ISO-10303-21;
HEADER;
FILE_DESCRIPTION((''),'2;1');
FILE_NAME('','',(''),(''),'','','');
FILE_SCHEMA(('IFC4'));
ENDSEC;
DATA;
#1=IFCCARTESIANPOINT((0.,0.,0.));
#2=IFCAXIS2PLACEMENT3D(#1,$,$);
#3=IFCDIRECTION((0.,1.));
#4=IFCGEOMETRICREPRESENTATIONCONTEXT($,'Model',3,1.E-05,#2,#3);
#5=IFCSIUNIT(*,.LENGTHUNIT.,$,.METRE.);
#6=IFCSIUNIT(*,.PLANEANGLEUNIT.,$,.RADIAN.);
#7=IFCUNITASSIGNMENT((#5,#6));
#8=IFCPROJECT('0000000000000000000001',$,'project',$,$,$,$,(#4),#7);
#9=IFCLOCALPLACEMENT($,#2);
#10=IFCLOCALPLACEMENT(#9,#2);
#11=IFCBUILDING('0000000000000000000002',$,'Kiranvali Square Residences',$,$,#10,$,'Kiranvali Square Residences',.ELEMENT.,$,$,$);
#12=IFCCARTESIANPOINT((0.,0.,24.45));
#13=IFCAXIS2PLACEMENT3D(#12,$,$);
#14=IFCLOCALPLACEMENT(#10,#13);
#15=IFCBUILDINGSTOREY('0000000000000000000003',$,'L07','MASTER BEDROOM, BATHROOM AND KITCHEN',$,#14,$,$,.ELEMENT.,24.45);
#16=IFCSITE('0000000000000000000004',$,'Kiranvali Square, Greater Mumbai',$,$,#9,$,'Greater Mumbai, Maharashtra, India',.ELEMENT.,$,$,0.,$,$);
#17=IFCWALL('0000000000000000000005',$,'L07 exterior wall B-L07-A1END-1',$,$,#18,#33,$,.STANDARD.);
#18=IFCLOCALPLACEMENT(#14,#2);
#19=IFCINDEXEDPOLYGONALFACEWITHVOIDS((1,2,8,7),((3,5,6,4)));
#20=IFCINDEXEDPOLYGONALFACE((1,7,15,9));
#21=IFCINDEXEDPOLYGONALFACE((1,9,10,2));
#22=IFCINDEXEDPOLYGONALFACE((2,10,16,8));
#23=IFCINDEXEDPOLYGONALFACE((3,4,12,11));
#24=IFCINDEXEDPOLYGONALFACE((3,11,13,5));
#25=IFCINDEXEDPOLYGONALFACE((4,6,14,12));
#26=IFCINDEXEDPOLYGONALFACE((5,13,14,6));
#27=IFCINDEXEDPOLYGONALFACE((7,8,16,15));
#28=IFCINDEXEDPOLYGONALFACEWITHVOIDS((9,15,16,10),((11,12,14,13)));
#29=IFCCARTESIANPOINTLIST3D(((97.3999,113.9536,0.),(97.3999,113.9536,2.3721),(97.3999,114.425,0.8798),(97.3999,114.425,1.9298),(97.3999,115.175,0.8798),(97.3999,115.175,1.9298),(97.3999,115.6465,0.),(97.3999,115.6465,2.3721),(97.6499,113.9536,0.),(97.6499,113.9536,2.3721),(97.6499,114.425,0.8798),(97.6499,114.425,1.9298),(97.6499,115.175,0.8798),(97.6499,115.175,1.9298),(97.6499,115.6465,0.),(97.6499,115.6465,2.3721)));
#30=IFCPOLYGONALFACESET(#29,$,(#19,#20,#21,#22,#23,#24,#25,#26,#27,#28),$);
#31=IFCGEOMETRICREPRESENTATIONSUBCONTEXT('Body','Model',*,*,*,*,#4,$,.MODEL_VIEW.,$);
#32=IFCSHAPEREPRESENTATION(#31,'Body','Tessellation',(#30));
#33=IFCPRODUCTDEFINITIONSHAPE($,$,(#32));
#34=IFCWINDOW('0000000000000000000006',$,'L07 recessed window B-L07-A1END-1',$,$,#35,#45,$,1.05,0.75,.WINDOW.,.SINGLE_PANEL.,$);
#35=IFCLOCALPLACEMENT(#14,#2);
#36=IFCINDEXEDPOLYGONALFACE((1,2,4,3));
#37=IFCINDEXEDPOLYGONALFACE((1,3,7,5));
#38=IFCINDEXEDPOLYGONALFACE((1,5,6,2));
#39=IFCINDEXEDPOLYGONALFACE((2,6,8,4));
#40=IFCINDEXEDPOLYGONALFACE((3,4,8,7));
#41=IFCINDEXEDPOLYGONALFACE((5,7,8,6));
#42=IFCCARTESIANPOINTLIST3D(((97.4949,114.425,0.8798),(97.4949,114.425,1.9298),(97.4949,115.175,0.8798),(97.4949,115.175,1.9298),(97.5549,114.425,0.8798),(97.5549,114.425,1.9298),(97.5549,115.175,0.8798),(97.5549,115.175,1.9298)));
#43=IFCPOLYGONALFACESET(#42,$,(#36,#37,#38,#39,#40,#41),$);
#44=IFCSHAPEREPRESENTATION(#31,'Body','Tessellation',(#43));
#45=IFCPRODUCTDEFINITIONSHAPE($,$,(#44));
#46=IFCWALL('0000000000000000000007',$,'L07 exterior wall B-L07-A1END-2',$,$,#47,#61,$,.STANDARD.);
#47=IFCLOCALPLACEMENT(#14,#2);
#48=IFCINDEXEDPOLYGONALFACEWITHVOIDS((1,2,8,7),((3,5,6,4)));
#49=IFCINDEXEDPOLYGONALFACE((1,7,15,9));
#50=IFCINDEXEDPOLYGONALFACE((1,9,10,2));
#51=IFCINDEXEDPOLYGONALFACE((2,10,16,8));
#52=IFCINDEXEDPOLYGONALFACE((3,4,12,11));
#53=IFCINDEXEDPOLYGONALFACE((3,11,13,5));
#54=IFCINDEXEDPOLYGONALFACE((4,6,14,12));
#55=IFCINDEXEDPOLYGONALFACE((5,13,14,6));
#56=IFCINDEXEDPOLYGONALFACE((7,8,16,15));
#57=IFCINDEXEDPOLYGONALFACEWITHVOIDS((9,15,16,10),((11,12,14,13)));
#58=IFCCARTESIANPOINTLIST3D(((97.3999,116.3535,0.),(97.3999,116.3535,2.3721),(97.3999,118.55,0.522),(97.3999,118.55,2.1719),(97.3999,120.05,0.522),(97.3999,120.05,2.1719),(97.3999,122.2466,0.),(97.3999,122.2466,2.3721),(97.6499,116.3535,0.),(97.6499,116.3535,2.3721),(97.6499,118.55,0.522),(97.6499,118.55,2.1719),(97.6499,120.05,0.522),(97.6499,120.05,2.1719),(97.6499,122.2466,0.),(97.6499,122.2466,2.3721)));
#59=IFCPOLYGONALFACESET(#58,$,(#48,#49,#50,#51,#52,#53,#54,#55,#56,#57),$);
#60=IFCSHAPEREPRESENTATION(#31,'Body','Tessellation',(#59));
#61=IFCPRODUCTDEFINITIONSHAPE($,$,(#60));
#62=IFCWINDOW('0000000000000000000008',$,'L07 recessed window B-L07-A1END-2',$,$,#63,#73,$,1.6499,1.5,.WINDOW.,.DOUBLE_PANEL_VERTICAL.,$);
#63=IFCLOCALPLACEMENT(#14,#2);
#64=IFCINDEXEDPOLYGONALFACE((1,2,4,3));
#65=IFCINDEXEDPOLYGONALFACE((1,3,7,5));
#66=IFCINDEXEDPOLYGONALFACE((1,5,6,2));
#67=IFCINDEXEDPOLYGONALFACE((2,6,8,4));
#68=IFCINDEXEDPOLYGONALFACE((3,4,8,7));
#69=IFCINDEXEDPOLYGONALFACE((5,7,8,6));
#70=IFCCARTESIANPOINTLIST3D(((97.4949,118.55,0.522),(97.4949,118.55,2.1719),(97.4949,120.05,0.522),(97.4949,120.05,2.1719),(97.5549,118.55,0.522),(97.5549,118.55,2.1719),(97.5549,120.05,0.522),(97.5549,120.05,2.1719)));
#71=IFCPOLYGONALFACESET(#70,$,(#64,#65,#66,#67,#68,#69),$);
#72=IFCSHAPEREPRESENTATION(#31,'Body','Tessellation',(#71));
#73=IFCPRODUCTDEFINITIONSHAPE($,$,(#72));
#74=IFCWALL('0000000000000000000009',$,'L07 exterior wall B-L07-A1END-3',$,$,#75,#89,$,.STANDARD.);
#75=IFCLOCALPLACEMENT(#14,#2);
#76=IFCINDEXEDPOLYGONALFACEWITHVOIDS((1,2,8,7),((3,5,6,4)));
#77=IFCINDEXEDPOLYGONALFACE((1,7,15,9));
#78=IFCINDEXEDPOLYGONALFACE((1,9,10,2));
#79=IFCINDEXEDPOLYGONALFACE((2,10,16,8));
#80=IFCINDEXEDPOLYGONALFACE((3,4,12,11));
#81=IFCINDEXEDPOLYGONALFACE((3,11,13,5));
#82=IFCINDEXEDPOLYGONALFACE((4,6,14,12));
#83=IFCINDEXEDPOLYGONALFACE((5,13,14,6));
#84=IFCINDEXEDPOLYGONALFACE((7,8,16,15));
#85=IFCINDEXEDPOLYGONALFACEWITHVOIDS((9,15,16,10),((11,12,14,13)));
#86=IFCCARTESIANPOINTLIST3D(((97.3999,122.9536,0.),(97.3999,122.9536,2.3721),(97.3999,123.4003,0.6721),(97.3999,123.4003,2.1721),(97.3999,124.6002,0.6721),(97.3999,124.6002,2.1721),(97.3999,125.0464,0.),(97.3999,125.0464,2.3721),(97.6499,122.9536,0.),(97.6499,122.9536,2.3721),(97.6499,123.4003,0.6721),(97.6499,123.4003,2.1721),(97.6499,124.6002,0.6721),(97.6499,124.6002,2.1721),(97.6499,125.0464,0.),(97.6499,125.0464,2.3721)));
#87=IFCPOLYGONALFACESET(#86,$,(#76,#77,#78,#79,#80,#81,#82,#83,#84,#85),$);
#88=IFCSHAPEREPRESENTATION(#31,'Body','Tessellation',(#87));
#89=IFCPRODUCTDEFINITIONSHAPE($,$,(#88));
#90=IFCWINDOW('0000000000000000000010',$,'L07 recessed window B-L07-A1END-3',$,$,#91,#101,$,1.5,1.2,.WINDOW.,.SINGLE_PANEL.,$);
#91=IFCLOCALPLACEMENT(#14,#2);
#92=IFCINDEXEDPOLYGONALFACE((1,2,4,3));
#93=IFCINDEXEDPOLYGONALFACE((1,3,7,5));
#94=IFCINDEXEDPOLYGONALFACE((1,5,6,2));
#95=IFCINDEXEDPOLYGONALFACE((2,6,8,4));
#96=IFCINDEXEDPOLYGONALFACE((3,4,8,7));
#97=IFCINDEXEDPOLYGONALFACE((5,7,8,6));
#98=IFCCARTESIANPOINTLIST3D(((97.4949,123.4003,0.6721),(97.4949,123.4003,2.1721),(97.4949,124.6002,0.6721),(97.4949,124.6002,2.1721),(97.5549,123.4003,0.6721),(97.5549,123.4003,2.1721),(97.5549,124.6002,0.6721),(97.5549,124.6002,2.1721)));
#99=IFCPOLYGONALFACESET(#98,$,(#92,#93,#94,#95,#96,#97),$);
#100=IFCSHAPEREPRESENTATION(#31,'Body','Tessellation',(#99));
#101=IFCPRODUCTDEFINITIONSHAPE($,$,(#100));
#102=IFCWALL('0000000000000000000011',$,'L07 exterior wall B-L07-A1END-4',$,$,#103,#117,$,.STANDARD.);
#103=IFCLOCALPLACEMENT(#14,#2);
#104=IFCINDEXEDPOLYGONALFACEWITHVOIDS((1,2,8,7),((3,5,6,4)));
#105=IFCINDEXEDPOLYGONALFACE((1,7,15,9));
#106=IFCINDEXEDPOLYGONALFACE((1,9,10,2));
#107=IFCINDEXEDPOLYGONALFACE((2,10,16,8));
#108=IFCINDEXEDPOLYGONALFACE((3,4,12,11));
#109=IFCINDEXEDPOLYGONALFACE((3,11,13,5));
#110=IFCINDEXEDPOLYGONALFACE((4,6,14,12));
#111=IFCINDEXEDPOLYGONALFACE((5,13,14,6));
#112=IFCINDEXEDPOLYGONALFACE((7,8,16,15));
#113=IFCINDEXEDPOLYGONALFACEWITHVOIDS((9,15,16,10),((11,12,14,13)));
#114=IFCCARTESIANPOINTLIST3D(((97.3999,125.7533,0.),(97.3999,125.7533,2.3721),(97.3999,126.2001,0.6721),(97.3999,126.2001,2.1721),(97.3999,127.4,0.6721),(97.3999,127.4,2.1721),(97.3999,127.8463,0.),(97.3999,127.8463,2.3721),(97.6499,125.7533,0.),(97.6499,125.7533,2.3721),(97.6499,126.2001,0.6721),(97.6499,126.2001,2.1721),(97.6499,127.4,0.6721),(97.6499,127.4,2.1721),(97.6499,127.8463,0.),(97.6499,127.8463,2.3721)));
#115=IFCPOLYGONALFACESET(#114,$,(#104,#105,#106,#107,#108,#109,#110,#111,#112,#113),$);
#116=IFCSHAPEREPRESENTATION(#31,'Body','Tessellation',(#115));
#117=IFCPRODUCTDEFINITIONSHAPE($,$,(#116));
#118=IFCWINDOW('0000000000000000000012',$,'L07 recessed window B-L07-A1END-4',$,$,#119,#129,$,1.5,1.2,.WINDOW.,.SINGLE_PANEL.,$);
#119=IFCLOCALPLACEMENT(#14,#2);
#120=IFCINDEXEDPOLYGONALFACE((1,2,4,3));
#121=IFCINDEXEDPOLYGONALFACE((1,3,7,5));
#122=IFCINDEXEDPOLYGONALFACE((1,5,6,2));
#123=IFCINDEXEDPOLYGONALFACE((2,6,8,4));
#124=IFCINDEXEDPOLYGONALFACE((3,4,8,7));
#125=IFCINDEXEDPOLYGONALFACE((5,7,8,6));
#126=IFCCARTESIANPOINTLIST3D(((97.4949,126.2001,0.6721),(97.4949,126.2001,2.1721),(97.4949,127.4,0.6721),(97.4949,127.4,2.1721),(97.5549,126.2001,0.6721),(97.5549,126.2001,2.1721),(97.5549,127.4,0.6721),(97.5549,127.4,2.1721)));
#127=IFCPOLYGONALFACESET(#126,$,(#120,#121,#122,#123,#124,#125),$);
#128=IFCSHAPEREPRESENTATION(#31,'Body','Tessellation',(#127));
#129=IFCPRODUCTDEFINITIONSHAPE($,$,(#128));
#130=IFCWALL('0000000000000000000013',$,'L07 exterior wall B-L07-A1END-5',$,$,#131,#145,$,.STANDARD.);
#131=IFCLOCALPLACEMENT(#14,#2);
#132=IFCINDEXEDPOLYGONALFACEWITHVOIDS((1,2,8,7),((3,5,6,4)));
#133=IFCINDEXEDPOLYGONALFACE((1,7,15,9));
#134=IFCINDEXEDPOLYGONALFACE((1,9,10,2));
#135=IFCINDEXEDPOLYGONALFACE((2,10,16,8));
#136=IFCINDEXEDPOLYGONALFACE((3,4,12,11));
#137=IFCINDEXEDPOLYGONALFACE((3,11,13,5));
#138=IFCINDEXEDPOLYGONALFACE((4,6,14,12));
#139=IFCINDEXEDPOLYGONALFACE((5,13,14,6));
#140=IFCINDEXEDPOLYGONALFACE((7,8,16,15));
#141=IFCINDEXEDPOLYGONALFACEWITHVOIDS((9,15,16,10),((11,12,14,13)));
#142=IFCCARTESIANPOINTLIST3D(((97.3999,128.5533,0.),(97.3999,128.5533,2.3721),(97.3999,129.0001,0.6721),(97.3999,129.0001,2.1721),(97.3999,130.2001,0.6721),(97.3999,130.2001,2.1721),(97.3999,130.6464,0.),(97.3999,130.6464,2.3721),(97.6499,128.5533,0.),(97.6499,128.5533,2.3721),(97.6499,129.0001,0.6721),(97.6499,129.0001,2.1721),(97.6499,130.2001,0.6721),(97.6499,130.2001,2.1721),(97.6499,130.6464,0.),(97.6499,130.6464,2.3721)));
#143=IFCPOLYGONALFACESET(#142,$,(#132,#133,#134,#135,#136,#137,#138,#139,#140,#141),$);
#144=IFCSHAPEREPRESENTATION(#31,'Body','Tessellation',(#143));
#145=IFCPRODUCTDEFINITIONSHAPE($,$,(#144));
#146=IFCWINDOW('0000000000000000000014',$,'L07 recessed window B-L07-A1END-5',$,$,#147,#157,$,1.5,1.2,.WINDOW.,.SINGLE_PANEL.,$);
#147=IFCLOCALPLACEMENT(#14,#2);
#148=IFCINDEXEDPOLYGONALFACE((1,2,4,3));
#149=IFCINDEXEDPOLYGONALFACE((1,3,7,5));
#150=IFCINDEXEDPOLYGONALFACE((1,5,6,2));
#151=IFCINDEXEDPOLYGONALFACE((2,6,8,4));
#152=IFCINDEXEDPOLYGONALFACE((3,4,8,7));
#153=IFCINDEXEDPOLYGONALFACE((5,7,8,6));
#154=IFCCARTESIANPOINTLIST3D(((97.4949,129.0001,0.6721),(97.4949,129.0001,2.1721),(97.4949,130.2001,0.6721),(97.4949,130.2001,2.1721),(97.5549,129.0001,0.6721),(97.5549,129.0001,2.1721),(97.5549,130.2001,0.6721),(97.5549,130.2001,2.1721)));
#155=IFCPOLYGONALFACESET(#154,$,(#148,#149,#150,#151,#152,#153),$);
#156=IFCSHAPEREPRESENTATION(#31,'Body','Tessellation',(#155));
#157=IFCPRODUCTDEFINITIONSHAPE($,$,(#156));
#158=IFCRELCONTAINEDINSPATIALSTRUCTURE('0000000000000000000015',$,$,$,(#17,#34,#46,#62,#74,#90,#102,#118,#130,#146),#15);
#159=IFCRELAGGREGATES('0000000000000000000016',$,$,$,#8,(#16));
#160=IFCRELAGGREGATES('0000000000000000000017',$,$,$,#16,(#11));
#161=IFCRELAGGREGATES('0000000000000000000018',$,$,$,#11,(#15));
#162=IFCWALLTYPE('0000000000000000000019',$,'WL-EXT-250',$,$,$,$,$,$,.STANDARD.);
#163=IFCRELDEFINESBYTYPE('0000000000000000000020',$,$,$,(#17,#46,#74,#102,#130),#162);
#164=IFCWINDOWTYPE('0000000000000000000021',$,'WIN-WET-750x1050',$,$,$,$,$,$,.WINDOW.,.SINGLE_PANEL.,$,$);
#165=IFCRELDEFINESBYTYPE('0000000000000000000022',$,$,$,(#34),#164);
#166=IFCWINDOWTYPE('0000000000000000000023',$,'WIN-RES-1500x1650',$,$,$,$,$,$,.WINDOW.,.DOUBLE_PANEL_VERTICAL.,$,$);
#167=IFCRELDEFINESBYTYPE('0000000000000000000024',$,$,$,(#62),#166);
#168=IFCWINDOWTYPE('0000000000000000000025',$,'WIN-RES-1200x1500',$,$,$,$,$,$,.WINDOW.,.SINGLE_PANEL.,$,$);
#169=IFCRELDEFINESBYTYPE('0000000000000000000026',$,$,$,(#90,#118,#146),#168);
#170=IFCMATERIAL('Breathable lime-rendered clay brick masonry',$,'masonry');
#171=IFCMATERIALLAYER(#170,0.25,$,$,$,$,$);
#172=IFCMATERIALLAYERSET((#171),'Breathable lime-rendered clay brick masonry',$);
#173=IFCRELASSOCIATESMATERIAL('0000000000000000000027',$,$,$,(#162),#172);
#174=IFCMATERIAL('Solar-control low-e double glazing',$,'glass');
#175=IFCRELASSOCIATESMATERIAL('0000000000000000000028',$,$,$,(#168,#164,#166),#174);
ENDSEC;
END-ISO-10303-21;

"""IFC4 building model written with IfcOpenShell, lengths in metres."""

from ifc_helpers import new_model, si_unit, direction, frame, frame_2d, origin, place, context, subcontext, project, spatial, rectangle, extrude, material, layer, layer_set, type_object, element, fill, save


model = new_model("IFC4")

# Units and contexts
model_context = context("Model", 3, precision=1e-05, world=origin(), true_north=direction((0.0, 1.0)))
body_context = subcontext(model_context, "Body", "Model", "MODEL_VIEW")
ifc_project = project(units=[si_unit("LENGTHUNIT", "METRE"), si_unit("PLANEANGLEUNIT", "RADIAN")], contexts=[model_context])

# Site, building, storey
site_placement = place(None, origin())
site = spatial("IfcSite", under=ifc_project, at=site_placement, Name="Kiranvali Square, Greater Mumbai", LongName="Greater Mumbai, Maharashtra, India", CompositionType="ELEMENT", RefElevation=0.0)
building_placement = place(site_placement, origin())
building = spatial("IfcBuilding", under=site, at=building_placement, Name="Kiranvali Square Residences", LongName="Kiranvali Square Residences", CompositionType="ELEMENT")
storey_placement = place(building_placement, frame((0.0, 0.0, 24.45)))
storey = spatial("IfcBuildingStorey", under=building, at=storey_placement, Name="L07", Description="MASTER BEDROOM, BATHROOM AND KITCHEN", CompositionType="ELEMENT", Elevation=24.45)

# Walls, openings, windows
ifc_material_1 = material(Name="Breathable lime-rendered clay brick masonry", Category="masonry")
ifc_layer_1 = layer(ifc_material_1, 0.25)
ifc_layer_set_1 = layer_set([ifc_layer_1], Name="Breathable lime-rendered clay brick masonry")
wall_type_1 = type_object("IfcWallType", Name="WL-EXT-250", PredefinedType="STANDARD", material=ifc_layer_set_1)
ifc_material_2 = material(Name="Solar-control low-e double glazing", Category="glass")
window_type_1 = type_object("IfcWindowType", Name="WIN-RES-1200x1500", PartitioningType="SINGLE_PANEL", PredefinedType="WINDOW", material=ifc_material_2)
wall_1_placement = place(storey_placement, frame((97.5249, 113.9536, 0.0), z_axis=(0.0, 0.0, 1.0), x_axis=(0.0, 1.0, 0.0)))
wall_1 = element("IfcWall", 1, at=wall_1_placement, inside=storey, type_object=wall_type_1, Name="L07 exterior wall B-L07-A1END-1", PredefinedType="STANDARD", context=body_context, shape_type="SweptSolid", body=[
    extrude(rectangle(XDim=1.6929, YDim=0.25, at=frame_2d((0.8464, 0.0))), origin(), (0.0, 0.0, 1.0), 2.3721),
])
opening_1_placement = place(wall_1_placement, frame((0.4714, 0.0, 0.8799)))
opening_1 = element("IfcOpeningElement", 2, at=opening_1_placement, cuts=wall_1, PredefinedType="OPENING", context=body_context, shape_type="SweptSolid", body=[
    extrude(rectangle(XDim=0.75, YDim=1.05, at=frame_2d((0.375, 0.5249))), frame((0.0, 0.135, 0.0), z_axis=(0.0, -1.0, 0.0), x_axis=(1.0, 0.0, 0.0)), (0.0, 0.0, 1.0), 0.27),
])
window_type_2 = type_object("IfcWindowType", Name="WIN-WET-750x1050", PartitioningType="SINGLE_PANEL", PredefinedType="WINDOW", material=ifc_material_2)
window_1_placement = place(opening_1_placement, origin())
window_1 = element("IfcWindow", 3, at=window_1_placement, inside=storey, type_object=window_type_2, Name="L07 recessed window B-L07-A1END-1", OverallHeight=1.05, OverallWidth=0.75, PartitioningType="SINGLE_PANEL", PredefinedType="WINDOW", context=body_context, shape_type="SweptSolid", body=[
    extrude(rectangle(XDim=0.75, YDim=1.05, at=frame_2d((0.375, 0.5249))), frame((0.0, 0.03, 0.0), z_axis=(0.0, -1.0, 0.0), x_axis=(1.0, 0.0, 0.0)), (0.0, 0.0, 1.0), 0.0601),
])
fill(opening_1, window_1)
wall_2_placement = place(storey_placement, frame((97.5249, 116.3535, 0.0), z_axis=(0.0, 0.0, 1.0), x_axis=(0.0, 1.0, 0.0)))
wall_2 = element("IfcWall", 4, at=wall_2_placement, inside=storey, type_object=wall_type_1, Name="L07 exterior wall B-L07-A1END-2", PredefinedType="STANDARD", context=body_context, shape_type="SweptSolid", body=[
    extrude(rectangle(XDim=5.8931, YDim=0.25, at=frame_2d((2.9465, 0.0))), origin(), (0.0, 0.0, 1.0), 2.3721),
])
opening_2_placement = place(wall_2_placement, frame((2.1965, 0.0, 0.522)))
opening_2 = element("IfcOpeningElement", 5, at=opening_2_placement, cuts=wall_2, PredefinedType="OPENING", context=body_context, shape_type="SweptSolid", body=[
    extrude(rectangle(XDim=1.5, YDim=1.6499, at=frame_2d((0.75, 0.825))), frame((0.0, 0.135, 0.0), z_axis=(0.0, -1.0, 0.0), x_axis=(1.0, 0.0, 0.0)), (0.0, 0.0, 1.0), 0.27),
])
window_type_3 = type_object("IfcWindowType", Name="WIN-RES-1500x1650", PartitioningType="DOUBLE_PANEL_VERTICAL", PredefinedType="WINDOW", material=ifc_material_2)
window_2_placement = place(opening_2_placement, origin())
window_2 = element("IfcWindow", 6, at=window_2_placement, inside=storey, type_object=window_type_3, Name="L07 recessed window B-L07-A1END-2", OverallHeight=1.6499, OverallWidth=1.5, PartitioningType="DOUBLE_PANEL_VERTICAL", PredefinedType="WINDOW", context=body_context, shape_type="SweptSolid", body=[
    extrude(rectangle(XDim=1.5, YDim=1.6499, at=frame_2d((0.75, 0.825))), frame((0.0, 0.03, 0.0), z_axis=(0.0, -1.0, 0.0), x_axis=(1.0, 0.0, 0.0)), (0.0, 0.0, 1.0), 0.0601),
])
fill(opening_2, window_2)
wall_3_placement = place(storey_placement, frame((97.5249, 122.9536, 0.0), z_axis=(0.0, 0.0, 1.0), x_axis=(0.0, 1.0, 0.0)))
wall_3 = element("IfcWall", 7, at=wall_3_placement, inside=storey, type_object=wall_type_1, Name="L07 exterior wall B-L07-A1END-3", PredefinedType="STANDARD", context=body_context, shape_type="SweptSolid", body=[
    extrude(rectangle(XDim=2.0928, YDim=0.25, at=frame_2d((1.0464, 0.0))), origin(), (0.0, 0.0, 1.0), 2.3721),
])
opening_3_placement = place(wall_3_placement, frame((0.4465, 0.0, 0.6721)))
opening_3 = element("IfcOpeningElement", 8, at=opening_3_placement, cuts=wall_3, PredefinedType="OPENING", context=body_context, shape_type="SweptSolid", body=[
    extrude(rectangle(XDim=1.2, YDim=1.5, at=frame_2d((0.6001, 0.75))), frame((0.0, 0.135, 0.0), z_axis=(0.0, -1.0, 0.0), x_axis=(1.0, 0.0, 0.0)), (0.0, 0.0, 1.0), 0.27),
])
window_3_placement = place(opening_3_placement, origin())
window_3 = element("IfcWindow", 9, at=window_3_placement, inside=storey, type_object=window_type_1, Name="L07 recessed window B-L07-A1END-3", OverallHeight=1.5, OverallWidth=1.2, PartitioningType="SINGLE_PANEL", PredefinedType="WINDOW", context=body_context, shape_type="SweptSolid", body=[
    extrude(rectangle(XDim=1.2, YDim=1.5, at=frame_2d((0.6001, 0.75))), frame((0.0, 0.03, 0.0), z_axis=(0.0, -1.0, 0.0), x_axis=(1.0, 0.0, 0.0)), (0.0, 0.0, 1.0), 0.0601),
])
fill(opening_3, window_3)
wall_4_placement = place(storey_placement, frame((97.5249, 125.7534, 0.0), z_axis=(0.0, 0.0, 1.0), x_axis=(0.0, 1.0, 0.0)))
wall_4 = element("IfcWall", 10, at=wall_4_placement, inside=storey, type_object=wall_type_1, Name="L07 exterior wall B-L07-A1END-4", PredefinedType="STANDARD", context=body_context, shape_type="SweptSolid", body=[
    extrude(rectangle(XDim=2.093, YDim=0.25, at=frame_2d((1.0464, 0.0))), origin(), (0.0, 0.0, 1.0), 2.3721),
])
opening_4_placement = place(wall_4_placement, frame((0.4465, 0.0, 0.6721)))
opening_4 = element("IfcOpeningElement", 11, at=opening_4_placement, cuts=wall_4, PredefinedType="OPENING", context=body_context, shape_type="SweptSolid", body=[
    extrude(rectangle(XDim=1.2, YDim=1.5, at=frame_2d((0.6001, 0.75))), frame((0.0, 0.135, 0.0), z_axis=(0.0, -1.0, 0.0), x_axis=(1.0, 0.0, 0.0)), (0.0, 0.0, 1.0), 0.27),
])
window_4_placement = place(opening_4_placement, origin())
window_4 = element("IfcWindow", 12, at=window_4_placement, inside=storey, type_object=window_type_1, Name="L07 recessed window B-L07-A1END-4", OverallHeight=1.5, OverallWidth=1.2, PartitioningType="SINGLE_PANEL", PredefinedType="WINDOW", context=body_context, shape_type="SweptSolid", body=[
    extrude(rectangle(XDim=1.2, YDim=1.5, at=frame_2d((0.6001, 0.75))), frame((0.0, 0.03, 0.0), z_axis=(0.0, -1.0, 0.0), x_axis=(1.0, 0.0, 0.0)), (0.0, 0.0, 1.0), 0.0601),
])
fill(opening_4, window_4)
wall_5_placement = place(storey_placement, frame((97.5249, 128.5535, 0.0), z_axis=(0.0, 0.0, 1.0), x_axis=(0.0, 1.0, 0.0)))
wall_5 = element("IfcWall", 13, at=wall_5_placement, inside=storey, type_object=wall_type_1, Name="L07 exterior wall B-L07-A1END-5", PredefinedType="STANDARD", context=body_context, shape_type="SweptSolid", body=[
    extrude(rectangle(XDim=2.093, YDim=0.25, at=frame_2d((1.0464, 0.0))), origin(), (0.0, 0.0, 1.0), 2.3721),
])
opening_5_placement = place(wall_5_placement, frame((0.4465, 0.0, 0.6721)))
opening_5 = element("IfcOpeningElement", 14, at=opening_5_placement, cuts=wall_5, PredefinedType="OPENING", context=body_context, shape_type="SweptSolid", body=[
    extrude(rectangle(XDim=1.2, YDim=1.5, at=frame_2d((0.6001, 0.75))), frame((0.0, 0.135, 0.0), z_axis=(0.0, -1.0, 0.0), x_axis=(1.0, 0.0, 0.0)), (0.0, 0.0, 1.0), 0.27),
])
window_5_placement = place(opening_5_placement, origin())
window_5 = element("IfcWindow", 15, at=window_5_placement, inside=storey, type_object=window_type_1, Name="L07 recessed window B-L07-A1END-5", OverallHeight=1.5, OverallWidth=1.2, PartitioningType="SINGLE_PANEL", PredefinedType="WINDOW", context=body_context, shape_type="SweptSolid", body=[
    extrude(rectangle(XDim=1.2, YDim=1.5, at=frame_2d((0.6001, 0.75))), frame((0.0, 0.03, 0.0), z_axis=(0.0, -1.0, 0.0), x_axis=(1.0, 0.0, 0.0)), (0.0, 0.0, 1.0), 0.0601),
])
fill(opening_5, window_5)

save(model, "model.ifc")
